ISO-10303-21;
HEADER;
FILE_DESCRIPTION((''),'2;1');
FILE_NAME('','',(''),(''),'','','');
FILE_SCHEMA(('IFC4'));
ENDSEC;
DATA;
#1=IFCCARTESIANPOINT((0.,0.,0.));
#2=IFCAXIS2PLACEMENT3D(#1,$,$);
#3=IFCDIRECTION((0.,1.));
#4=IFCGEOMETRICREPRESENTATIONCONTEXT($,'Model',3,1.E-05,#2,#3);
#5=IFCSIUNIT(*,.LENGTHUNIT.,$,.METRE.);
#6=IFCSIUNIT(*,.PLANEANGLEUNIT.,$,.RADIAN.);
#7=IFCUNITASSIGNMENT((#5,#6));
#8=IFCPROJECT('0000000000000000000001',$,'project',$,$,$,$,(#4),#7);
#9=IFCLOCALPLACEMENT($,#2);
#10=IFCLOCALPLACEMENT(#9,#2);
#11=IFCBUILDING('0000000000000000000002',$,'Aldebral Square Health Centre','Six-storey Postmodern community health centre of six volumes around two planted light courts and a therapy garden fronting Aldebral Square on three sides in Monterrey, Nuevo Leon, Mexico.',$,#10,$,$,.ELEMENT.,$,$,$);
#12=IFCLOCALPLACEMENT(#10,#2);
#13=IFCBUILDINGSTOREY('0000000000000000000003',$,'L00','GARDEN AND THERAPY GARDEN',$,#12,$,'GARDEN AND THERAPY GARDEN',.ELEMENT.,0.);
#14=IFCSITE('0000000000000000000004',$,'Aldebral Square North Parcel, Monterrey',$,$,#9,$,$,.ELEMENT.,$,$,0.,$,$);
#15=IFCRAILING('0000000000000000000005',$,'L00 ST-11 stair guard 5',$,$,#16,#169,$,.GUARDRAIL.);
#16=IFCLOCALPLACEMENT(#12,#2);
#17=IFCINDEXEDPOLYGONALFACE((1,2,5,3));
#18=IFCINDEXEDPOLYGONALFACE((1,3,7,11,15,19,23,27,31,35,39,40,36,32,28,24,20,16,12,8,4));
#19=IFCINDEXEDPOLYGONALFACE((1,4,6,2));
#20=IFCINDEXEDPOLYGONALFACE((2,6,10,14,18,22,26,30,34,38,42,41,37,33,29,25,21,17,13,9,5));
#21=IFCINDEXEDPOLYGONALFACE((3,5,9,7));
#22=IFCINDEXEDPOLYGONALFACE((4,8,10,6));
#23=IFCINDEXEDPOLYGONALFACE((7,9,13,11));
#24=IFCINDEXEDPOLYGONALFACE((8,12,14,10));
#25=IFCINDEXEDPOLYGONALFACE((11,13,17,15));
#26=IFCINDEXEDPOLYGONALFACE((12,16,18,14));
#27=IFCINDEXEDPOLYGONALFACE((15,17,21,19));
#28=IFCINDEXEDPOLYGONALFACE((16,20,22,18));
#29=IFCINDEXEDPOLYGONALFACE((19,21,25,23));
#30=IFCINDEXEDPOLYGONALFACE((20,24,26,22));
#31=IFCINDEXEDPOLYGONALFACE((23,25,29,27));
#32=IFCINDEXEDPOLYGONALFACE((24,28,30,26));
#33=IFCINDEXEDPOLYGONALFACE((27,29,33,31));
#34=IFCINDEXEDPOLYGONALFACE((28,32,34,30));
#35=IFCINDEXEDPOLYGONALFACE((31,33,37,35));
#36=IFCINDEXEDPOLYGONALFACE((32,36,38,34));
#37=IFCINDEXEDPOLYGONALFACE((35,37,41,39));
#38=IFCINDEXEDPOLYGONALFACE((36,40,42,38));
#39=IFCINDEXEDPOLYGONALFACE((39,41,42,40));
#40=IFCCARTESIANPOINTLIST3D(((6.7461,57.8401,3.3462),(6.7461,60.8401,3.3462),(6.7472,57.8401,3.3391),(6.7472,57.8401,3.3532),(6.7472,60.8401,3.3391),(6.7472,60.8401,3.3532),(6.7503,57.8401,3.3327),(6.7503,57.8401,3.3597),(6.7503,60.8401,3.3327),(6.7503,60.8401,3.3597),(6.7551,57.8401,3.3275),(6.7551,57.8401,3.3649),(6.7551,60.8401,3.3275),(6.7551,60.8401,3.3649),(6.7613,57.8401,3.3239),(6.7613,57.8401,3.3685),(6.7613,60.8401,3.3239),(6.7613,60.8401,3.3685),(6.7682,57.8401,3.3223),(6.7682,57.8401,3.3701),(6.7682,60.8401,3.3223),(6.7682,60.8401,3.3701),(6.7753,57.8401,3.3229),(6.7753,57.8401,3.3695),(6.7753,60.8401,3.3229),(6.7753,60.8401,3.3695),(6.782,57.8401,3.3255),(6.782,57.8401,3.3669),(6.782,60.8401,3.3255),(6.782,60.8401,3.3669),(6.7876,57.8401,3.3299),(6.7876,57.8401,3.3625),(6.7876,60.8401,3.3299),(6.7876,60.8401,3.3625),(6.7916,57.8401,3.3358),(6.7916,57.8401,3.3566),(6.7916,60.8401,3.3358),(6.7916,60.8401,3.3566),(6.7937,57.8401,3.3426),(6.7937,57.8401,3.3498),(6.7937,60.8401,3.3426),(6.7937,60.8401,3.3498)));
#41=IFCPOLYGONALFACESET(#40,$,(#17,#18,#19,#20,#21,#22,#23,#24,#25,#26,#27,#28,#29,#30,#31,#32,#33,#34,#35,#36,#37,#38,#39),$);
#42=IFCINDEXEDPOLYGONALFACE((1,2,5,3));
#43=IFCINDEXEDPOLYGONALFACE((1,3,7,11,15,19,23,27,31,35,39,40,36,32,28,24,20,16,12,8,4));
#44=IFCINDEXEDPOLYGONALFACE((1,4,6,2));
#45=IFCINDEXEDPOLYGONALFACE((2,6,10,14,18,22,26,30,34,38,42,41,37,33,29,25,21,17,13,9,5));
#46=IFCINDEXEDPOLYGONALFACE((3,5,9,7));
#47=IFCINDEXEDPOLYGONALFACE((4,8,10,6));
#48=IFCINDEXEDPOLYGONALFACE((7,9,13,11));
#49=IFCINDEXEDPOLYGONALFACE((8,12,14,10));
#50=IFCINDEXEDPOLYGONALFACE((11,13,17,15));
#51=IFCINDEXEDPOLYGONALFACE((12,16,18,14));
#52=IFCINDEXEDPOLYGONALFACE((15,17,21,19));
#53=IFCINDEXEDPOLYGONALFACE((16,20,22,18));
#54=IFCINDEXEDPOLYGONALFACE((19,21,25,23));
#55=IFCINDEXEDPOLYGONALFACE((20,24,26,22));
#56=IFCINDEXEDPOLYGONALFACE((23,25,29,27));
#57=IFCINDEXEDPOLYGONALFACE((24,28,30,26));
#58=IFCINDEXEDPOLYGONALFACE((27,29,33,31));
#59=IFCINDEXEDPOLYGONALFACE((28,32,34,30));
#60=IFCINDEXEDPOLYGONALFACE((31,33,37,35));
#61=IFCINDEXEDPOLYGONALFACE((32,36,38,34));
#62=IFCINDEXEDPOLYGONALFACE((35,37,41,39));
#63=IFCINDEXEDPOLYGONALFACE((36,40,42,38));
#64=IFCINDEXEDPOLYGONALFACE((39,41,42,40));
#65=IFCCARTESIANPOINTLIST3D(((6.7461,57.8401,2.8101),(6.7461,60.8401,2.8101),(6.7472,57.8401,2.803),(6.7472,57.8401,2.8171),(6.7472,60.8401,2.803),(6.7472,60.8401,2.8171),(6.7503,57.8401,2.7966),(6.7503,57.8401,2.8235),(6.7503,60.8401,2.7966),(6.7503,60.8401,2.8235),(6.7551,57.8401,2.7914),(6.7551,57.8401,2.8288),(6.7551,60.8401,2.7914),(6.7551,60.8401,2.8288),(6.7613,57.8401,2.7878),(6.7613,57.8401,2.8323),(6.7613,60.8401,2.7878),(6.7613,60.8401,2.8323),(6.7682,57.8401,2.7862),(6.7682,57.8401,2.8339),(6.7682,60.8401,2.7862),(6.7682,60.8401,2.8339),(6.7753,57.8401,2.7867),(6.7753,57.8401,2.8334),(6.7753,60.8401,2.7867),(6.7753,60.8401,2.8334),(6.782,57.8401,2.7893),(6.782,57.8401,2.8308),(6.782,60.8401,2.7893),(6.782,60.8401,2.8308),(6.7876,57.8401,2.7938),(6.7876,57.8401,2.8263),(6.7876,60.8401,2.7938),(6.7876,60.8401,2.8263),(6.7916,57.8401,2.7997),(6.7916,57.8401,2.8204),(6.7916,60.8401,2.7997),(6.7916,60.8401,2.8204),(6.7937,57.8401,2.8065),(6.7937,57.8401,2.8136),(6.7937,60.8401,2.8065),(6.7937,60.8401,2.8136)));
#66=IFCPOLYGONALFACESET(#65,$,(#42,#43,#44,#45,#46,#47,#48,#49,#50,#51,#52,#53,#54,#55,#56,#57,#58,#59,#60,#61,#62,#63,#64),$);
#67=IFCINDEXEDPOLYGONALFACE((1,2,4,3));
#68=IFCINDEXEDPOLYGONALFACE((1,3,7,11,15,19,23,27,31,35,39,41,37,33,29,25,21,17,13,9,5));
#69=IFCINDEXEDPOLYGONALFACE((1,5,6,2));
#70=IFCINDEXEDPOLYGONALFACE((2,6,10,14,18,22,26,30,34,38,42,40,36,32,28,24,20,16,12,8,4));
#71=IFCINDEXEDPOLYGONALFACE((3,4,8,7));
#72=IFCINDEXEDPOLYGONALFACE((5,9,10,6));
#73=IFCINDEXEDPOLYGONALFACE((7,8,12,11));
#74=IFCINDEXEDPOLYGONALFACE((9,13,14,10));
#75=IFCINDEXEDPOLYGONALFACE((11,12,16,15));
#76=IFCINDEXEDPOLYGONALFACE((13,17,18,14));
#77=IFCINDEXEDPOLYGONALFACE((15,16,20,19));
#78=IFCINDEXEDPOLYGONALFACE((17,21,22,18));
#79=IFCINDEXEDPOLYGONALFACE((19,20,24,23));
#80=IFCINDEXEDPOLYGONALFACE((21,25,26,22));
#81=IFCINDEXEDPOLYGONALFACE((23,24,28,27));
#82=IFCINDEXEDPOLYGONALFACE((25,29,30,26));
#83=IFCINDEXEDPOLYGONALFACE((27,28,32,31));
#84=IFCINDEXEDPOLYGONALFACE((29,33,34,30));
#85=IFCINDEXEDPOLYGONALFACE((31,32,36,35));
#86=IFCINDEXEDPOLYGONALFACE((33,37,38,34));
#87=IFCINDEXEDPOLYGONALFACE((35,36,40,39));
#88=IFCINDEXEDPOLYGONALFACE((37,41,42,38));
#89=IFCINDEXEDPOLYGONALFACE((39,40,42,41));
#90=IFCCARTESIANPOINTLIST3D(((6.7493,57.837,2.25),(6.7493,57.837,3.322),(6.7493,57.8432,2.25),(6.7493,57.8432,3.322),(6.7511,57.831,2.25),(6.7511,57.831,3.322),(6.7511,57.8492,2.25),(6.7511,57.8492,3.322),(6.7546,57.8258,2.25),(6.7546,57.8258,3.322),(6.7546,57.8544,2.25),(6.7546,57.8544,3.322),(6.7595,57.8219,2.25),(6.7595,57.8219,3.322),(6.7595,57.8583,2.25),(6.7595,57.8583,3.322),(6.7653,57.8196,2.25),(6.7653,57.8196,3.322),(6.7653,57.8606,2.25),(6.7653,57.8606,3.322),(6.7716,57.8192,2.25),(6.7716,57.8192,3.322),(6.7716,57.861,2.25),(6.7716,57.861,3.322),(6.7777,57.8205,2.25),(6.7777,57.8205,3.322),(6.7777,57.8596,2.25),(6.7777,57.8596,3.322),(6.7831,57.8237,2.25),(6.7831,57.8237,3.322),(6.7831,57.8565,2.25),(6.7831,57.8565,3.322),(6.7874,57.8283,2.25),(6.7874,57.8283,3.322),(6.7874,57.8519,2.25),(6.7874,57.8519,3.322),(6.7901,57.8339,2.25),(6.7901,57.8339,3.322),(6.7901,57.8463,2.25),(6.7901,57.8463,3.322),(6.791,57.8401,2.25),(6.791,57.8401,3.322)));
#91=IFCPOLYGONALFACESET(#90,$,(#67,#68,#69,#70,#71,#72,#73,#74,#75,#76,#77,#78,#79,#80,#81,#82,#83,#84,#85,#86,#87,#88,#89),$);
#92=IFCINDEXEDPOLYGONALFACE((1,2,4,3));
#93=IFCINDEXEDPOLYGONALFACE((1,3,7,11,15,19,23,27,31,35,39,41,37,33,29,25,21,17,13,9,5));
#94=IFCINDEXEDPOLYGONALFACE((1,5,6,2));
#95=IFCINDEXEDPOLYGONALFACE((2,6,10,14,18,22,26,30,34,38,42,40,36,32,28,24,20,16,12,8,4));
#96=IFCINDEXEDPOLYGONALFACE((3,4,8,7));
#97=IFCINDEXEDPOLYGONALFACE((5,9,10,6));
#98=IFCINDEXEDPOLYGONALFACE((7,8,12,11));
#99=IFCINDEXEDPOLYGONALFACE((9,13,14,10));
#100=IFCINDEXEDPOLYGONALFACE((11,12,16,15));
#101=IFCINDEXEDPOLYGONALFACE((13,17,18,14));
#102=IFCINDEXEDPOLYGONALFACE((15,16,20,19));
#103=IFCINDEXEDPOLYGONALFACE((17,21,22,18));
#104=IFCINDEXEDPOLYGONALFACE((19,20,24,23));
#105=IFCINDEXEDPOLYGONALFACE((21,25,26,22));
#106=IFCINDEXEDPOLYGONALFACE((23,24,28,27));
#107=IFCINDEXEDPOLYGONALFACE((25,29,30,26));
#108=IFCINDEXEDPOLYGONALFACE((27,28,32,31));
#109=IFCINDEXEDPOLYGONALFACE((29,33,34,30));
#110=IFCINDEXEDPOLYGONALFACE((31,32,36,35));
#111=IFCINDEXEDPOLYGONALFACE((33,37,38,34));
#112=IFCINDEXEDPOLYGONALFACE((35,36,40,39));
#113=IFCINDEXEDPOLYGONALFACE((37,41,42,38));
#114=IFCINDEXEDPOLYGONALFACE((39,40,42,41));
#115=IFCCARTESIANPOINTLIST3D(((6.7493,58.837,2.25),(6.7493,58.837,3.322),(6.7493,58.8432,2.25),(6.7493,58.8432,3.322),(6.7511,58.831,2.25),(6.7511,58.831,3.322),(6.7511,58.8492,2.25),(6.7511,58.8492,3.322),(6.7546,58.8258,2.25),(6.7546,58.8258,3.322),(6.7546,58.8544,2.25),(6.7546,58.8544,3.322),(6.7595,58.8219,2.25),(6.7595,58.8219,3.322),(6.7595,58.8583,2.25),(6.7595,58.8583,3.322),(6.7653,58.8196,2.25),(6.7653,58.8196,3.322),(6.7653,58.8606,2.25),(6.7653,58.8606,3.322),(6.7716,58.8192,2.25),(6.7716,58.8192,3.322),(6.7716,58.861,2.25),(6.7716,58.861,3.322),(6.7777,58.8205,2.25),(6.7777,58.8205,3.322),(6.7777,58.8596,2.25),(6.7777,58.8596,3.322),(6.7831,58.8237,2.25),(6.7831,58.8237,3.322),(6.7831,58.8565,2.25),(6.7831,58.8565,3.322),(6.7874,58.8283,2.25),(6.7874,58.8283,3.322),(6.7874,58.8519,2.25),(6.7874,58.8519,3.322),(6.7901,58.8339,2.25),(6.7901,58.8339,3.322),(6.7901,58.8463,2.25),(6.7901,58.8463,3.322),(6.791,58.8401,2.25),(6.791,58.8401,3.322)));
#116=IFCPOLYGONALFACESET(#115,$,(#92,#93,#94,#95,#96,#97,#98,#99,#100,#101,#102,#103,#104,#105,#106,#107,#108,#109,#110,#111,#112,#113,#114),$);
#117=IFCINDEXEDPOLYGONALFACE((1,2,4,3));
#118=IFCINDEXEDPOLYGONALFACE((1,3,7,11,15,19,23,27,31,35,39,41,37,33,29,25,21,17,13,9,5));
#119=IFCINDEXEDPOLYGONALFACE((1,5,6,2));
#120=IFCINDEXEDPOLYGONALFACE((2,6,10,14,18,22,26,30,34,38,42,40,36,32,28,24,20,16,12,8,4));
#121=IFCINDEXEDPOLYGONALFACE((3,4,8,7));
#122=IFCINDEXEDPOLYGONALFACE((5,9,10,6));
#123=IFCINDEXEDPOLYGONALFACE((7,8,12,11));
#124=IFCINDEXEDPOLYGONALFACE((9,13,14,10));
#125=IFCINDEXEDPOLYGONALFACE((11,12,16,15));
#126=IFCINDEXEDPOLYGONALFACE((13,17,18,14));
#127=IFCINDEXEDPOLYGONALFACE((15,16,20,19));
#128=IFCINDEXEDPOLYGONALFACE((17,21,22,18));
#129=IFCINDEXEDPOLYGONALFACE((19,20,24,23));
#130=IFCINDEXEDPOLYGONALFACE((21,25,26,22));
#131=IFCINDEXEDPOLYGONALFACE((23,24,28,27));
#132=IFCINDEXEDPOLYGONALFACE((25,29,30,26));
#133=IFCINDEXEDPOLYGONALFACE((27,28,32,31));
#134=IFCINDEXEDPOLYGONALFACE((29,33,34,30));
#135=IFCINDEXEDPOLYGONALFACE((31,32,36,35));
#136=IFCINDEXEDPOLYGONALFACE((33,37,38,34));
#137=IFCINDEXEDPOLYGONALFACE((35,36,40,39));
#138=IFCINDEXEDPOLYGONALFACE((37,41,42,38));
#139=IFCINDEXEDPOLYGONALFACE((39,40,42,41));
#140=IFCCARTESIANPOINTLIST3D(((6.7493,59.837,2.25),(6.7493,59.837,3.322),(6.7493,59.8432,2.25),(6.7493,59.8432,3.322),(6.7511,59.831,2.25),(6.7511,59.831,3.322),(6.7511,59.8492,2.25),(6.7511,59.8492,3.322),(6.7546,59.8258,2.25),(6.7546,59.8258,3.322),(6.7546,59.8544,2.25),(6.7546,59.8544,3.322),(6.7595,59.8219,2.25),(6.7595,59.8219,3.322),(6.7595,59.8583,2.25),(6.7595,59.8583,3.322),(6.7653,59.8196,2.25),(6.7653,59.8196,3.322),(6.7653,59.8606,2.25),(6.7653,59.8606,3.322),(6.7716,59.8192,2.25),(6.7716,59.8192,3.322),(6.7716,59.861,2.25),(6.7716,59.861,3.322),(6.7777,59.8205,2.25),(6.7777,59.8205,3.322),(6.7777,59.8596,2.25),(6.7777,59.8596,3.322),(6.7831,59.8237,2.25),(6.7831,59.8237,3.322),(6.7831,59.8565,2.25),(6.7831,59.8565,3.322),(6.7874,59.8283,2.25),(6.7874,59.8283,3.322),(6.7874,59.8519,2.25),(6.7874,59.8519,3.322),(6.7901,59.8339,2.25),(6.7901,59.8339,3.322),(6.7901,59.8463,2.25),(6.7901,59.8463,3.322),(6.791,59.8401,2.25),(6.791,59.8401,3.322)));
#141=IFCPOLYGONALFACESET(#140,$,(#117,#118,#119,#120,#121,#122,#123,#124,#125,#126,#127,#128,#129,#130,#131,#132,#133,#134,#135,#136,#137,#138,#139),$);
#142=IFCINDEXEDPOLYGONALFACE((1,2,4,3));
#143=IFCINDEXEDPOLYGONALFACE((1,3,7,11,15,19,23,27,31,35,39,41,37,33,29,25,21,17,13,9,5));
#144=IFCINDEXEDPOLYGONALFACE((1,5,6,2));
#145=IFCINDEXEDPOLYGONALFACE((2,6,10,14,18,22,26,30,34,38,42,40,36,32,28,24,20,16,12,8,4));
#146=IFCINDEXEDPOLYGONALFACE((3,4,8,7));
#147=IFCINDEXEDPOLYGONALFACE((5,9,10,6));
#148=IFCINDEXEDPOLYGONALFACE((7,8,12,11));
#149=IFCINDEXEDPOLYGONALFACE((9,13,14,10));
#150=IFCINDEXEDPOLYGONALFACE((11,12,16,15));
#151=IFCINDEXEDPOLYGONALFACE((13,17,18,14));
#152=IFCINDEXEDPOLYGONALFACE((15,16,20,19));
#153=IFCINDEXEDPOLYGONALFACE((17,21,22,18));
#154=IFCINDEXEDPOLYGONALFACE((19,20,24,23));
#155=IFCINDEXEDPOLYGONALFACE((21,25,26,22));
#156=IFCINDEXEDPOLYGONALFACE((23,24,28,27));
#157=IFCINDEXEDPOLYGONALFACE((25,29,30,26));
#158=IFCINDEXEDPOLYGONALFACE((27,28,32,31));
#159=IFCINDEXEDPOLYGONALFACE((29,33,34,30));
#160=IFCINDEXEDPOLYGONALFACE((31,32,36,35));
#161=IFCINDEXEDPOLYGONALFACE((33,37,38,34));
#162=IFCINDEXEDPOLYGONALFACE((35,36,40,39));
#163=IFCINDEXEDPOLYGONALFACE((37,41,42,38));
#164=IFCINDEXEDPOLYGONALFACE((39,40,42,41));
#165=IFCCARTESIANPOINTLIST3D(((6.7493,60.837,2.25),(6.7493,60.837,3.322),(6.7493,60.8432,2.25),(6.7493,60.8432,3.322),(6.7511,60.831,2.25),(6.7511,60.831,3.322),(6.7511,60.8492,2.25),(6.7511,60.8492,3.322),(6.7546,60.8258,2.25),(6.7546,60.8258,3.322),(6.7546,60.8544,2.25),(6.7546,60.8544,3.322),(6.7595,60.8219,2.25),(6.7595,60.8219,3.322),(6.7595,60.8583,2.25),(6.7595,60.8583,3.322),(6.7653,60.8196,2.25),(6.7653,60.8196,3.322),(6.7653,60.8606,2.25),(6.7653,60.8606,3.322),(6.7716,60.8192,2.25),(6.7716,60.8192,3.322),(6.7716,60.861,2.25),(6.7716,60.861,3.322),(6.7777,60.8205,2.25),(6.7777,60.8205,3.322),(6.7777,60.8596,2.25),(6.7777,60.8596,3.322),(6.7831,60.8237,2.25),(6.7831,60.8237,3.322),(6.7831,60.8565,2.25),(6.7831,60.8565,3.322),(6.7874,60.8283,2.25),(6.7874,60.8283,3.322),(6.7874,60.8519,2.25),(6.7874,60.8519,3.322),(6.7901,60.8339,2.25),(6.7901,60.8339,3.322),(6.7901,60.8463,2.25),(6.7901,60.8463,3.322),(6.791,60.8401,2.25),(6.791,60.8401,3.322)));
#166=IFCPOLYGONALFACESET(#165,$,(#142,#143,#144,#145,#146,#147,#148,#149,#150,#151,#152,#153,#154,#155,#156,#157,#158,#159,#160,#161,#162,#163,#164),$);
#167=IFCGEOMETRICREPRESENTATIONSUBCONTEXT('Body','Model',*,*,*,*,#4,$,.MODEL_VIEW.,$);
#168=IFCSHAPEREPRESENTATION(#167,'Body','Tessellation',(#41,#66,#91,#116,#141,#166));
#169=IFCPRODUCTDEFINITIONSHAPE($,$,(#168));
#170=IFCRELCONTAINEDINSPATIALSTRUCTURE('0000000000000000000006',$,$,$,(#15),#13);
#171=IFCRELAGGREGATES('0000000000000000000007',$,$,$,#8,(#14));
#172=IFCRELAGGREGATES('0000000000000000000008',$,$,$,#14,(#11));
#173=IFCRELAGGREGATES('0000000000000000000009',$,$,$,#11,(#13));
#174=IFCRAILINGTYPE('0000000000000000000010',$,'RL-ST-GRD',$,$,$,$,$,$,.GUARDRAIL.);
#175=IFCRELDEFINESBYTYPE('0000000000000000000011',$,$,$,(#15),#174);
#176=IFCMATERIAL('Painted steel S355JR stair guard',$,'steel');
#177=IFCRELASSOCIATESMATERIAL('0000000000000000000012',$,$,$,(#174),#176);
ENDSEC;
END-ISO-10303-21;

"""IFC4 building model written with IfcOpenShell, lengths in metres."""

from ifc_helpers import new_model, si_unit, direction, frame, origin, origin_2d, place, context, subcontext, project, spatial, circle, extrude, material, type_object, element, save


model = new_model("IFC4")

# Units and contexts
model_context = context("Model", 3, precision=1e-05, world=origin(), true_north=direction((0.0, 1.0)))
body_context = subcontext(model_context, "Body", "Model", "MODEL_VIEW")
ifc_project = project(units=[si_unit("LENGTHUNIT", "METRE"), si_unit("PLANEANGLEUNIT", "RADIAN")], contexts=[model_context])

# Site, building, storey
site_placement = place(None, origin())
site = spatial("IfcSite", under=ifc_project, at=site_placement, Name="Aldebral Square North Parcel, Monterrey", CompositionType="ELEMENT", RefElevation=0.0)
building_placement = place(site_placement, origin())
building = spatial("IfcBuilding", under=site, at=building_placement, Name="Aldebral Square Health Centre", Description="Six-storey Postmodern community health centre of six volumes around two planted light courts and a therapy garden fronting Aldebral Square on three sides in Monterrey, Nuevo Leon, Mexico.", CompositionType="ELEMENT")
storey_placement = place(building_placement, origin())
storey = spatial("IfcBuildingStorey", under=building, at=storey_placement, Name="L00", Description="GARDEN AND THERAPY GARDEN", LongName="GARDEN AND THERAPY GARDEN", CompositionType="ELEMENT", Elevation=0.0)

# Railing
ifc_material_1 = material(Name="Painted steel S355JR stair guard", Category="steel")
railing_type_1 = type_object("IfcRailingType", Name="RL-ST-GRD", PredefinedType="GUARDRAIL", material=ifc_material_1)
railing_1_placement = place(storey_placement, frame((6.77, 57.8401, 2.25)))
element("IfcRailing", 1, at=railing_1_placement, inside=storey, type_object=railing_type_1, Name="L00 ST-11 stair guard 5", PredefinedType="GUARDRAIL", context=body_context, shape_type="SweptSolid", body=[
    extrude(circle(Radius=0.0239, at=origin_2d()), frame((0.0, 0.0, 1.0962), z_axis=(0.0, 1.0, 0.0), x_axis=(-1.0, 0.0, 0.0)), (0.0, 0.0, 1.0), 3.0),
    extrude(circle(Radius=0.0239, at=origin_2d()), frame((0.0, 0.0, 0.5601), z_axis=(0.0, 1.0, 0.0), x_axis=(-1.0, 0.0, 0.0)), (0.0, 0.0, 1.0), 3.0),
    extrude(circle(Radius=0.021, at=origin_2d()), origin(), (0.0, 0.0, 1.0), 1.072),
    extrude(circle(Radius=0.021, at=origin_2d()), frame((0.0, 1.0, 0.0)), (0.0, 0.0, 1.0), 1.072),
    extrude(circle(Radius=0.021, at=origin_2d()), frame((0.0, 2.0, 0.0)), (0.0, 0.0, 1.0), 1.072),
    extrude(circle(Radius=0.021, at=origin_2d()), frame((0.0, 3.0, 0.0)), (0.0, 0.0, 1.0), 1.072),
])

save(model, "model.ifc")
